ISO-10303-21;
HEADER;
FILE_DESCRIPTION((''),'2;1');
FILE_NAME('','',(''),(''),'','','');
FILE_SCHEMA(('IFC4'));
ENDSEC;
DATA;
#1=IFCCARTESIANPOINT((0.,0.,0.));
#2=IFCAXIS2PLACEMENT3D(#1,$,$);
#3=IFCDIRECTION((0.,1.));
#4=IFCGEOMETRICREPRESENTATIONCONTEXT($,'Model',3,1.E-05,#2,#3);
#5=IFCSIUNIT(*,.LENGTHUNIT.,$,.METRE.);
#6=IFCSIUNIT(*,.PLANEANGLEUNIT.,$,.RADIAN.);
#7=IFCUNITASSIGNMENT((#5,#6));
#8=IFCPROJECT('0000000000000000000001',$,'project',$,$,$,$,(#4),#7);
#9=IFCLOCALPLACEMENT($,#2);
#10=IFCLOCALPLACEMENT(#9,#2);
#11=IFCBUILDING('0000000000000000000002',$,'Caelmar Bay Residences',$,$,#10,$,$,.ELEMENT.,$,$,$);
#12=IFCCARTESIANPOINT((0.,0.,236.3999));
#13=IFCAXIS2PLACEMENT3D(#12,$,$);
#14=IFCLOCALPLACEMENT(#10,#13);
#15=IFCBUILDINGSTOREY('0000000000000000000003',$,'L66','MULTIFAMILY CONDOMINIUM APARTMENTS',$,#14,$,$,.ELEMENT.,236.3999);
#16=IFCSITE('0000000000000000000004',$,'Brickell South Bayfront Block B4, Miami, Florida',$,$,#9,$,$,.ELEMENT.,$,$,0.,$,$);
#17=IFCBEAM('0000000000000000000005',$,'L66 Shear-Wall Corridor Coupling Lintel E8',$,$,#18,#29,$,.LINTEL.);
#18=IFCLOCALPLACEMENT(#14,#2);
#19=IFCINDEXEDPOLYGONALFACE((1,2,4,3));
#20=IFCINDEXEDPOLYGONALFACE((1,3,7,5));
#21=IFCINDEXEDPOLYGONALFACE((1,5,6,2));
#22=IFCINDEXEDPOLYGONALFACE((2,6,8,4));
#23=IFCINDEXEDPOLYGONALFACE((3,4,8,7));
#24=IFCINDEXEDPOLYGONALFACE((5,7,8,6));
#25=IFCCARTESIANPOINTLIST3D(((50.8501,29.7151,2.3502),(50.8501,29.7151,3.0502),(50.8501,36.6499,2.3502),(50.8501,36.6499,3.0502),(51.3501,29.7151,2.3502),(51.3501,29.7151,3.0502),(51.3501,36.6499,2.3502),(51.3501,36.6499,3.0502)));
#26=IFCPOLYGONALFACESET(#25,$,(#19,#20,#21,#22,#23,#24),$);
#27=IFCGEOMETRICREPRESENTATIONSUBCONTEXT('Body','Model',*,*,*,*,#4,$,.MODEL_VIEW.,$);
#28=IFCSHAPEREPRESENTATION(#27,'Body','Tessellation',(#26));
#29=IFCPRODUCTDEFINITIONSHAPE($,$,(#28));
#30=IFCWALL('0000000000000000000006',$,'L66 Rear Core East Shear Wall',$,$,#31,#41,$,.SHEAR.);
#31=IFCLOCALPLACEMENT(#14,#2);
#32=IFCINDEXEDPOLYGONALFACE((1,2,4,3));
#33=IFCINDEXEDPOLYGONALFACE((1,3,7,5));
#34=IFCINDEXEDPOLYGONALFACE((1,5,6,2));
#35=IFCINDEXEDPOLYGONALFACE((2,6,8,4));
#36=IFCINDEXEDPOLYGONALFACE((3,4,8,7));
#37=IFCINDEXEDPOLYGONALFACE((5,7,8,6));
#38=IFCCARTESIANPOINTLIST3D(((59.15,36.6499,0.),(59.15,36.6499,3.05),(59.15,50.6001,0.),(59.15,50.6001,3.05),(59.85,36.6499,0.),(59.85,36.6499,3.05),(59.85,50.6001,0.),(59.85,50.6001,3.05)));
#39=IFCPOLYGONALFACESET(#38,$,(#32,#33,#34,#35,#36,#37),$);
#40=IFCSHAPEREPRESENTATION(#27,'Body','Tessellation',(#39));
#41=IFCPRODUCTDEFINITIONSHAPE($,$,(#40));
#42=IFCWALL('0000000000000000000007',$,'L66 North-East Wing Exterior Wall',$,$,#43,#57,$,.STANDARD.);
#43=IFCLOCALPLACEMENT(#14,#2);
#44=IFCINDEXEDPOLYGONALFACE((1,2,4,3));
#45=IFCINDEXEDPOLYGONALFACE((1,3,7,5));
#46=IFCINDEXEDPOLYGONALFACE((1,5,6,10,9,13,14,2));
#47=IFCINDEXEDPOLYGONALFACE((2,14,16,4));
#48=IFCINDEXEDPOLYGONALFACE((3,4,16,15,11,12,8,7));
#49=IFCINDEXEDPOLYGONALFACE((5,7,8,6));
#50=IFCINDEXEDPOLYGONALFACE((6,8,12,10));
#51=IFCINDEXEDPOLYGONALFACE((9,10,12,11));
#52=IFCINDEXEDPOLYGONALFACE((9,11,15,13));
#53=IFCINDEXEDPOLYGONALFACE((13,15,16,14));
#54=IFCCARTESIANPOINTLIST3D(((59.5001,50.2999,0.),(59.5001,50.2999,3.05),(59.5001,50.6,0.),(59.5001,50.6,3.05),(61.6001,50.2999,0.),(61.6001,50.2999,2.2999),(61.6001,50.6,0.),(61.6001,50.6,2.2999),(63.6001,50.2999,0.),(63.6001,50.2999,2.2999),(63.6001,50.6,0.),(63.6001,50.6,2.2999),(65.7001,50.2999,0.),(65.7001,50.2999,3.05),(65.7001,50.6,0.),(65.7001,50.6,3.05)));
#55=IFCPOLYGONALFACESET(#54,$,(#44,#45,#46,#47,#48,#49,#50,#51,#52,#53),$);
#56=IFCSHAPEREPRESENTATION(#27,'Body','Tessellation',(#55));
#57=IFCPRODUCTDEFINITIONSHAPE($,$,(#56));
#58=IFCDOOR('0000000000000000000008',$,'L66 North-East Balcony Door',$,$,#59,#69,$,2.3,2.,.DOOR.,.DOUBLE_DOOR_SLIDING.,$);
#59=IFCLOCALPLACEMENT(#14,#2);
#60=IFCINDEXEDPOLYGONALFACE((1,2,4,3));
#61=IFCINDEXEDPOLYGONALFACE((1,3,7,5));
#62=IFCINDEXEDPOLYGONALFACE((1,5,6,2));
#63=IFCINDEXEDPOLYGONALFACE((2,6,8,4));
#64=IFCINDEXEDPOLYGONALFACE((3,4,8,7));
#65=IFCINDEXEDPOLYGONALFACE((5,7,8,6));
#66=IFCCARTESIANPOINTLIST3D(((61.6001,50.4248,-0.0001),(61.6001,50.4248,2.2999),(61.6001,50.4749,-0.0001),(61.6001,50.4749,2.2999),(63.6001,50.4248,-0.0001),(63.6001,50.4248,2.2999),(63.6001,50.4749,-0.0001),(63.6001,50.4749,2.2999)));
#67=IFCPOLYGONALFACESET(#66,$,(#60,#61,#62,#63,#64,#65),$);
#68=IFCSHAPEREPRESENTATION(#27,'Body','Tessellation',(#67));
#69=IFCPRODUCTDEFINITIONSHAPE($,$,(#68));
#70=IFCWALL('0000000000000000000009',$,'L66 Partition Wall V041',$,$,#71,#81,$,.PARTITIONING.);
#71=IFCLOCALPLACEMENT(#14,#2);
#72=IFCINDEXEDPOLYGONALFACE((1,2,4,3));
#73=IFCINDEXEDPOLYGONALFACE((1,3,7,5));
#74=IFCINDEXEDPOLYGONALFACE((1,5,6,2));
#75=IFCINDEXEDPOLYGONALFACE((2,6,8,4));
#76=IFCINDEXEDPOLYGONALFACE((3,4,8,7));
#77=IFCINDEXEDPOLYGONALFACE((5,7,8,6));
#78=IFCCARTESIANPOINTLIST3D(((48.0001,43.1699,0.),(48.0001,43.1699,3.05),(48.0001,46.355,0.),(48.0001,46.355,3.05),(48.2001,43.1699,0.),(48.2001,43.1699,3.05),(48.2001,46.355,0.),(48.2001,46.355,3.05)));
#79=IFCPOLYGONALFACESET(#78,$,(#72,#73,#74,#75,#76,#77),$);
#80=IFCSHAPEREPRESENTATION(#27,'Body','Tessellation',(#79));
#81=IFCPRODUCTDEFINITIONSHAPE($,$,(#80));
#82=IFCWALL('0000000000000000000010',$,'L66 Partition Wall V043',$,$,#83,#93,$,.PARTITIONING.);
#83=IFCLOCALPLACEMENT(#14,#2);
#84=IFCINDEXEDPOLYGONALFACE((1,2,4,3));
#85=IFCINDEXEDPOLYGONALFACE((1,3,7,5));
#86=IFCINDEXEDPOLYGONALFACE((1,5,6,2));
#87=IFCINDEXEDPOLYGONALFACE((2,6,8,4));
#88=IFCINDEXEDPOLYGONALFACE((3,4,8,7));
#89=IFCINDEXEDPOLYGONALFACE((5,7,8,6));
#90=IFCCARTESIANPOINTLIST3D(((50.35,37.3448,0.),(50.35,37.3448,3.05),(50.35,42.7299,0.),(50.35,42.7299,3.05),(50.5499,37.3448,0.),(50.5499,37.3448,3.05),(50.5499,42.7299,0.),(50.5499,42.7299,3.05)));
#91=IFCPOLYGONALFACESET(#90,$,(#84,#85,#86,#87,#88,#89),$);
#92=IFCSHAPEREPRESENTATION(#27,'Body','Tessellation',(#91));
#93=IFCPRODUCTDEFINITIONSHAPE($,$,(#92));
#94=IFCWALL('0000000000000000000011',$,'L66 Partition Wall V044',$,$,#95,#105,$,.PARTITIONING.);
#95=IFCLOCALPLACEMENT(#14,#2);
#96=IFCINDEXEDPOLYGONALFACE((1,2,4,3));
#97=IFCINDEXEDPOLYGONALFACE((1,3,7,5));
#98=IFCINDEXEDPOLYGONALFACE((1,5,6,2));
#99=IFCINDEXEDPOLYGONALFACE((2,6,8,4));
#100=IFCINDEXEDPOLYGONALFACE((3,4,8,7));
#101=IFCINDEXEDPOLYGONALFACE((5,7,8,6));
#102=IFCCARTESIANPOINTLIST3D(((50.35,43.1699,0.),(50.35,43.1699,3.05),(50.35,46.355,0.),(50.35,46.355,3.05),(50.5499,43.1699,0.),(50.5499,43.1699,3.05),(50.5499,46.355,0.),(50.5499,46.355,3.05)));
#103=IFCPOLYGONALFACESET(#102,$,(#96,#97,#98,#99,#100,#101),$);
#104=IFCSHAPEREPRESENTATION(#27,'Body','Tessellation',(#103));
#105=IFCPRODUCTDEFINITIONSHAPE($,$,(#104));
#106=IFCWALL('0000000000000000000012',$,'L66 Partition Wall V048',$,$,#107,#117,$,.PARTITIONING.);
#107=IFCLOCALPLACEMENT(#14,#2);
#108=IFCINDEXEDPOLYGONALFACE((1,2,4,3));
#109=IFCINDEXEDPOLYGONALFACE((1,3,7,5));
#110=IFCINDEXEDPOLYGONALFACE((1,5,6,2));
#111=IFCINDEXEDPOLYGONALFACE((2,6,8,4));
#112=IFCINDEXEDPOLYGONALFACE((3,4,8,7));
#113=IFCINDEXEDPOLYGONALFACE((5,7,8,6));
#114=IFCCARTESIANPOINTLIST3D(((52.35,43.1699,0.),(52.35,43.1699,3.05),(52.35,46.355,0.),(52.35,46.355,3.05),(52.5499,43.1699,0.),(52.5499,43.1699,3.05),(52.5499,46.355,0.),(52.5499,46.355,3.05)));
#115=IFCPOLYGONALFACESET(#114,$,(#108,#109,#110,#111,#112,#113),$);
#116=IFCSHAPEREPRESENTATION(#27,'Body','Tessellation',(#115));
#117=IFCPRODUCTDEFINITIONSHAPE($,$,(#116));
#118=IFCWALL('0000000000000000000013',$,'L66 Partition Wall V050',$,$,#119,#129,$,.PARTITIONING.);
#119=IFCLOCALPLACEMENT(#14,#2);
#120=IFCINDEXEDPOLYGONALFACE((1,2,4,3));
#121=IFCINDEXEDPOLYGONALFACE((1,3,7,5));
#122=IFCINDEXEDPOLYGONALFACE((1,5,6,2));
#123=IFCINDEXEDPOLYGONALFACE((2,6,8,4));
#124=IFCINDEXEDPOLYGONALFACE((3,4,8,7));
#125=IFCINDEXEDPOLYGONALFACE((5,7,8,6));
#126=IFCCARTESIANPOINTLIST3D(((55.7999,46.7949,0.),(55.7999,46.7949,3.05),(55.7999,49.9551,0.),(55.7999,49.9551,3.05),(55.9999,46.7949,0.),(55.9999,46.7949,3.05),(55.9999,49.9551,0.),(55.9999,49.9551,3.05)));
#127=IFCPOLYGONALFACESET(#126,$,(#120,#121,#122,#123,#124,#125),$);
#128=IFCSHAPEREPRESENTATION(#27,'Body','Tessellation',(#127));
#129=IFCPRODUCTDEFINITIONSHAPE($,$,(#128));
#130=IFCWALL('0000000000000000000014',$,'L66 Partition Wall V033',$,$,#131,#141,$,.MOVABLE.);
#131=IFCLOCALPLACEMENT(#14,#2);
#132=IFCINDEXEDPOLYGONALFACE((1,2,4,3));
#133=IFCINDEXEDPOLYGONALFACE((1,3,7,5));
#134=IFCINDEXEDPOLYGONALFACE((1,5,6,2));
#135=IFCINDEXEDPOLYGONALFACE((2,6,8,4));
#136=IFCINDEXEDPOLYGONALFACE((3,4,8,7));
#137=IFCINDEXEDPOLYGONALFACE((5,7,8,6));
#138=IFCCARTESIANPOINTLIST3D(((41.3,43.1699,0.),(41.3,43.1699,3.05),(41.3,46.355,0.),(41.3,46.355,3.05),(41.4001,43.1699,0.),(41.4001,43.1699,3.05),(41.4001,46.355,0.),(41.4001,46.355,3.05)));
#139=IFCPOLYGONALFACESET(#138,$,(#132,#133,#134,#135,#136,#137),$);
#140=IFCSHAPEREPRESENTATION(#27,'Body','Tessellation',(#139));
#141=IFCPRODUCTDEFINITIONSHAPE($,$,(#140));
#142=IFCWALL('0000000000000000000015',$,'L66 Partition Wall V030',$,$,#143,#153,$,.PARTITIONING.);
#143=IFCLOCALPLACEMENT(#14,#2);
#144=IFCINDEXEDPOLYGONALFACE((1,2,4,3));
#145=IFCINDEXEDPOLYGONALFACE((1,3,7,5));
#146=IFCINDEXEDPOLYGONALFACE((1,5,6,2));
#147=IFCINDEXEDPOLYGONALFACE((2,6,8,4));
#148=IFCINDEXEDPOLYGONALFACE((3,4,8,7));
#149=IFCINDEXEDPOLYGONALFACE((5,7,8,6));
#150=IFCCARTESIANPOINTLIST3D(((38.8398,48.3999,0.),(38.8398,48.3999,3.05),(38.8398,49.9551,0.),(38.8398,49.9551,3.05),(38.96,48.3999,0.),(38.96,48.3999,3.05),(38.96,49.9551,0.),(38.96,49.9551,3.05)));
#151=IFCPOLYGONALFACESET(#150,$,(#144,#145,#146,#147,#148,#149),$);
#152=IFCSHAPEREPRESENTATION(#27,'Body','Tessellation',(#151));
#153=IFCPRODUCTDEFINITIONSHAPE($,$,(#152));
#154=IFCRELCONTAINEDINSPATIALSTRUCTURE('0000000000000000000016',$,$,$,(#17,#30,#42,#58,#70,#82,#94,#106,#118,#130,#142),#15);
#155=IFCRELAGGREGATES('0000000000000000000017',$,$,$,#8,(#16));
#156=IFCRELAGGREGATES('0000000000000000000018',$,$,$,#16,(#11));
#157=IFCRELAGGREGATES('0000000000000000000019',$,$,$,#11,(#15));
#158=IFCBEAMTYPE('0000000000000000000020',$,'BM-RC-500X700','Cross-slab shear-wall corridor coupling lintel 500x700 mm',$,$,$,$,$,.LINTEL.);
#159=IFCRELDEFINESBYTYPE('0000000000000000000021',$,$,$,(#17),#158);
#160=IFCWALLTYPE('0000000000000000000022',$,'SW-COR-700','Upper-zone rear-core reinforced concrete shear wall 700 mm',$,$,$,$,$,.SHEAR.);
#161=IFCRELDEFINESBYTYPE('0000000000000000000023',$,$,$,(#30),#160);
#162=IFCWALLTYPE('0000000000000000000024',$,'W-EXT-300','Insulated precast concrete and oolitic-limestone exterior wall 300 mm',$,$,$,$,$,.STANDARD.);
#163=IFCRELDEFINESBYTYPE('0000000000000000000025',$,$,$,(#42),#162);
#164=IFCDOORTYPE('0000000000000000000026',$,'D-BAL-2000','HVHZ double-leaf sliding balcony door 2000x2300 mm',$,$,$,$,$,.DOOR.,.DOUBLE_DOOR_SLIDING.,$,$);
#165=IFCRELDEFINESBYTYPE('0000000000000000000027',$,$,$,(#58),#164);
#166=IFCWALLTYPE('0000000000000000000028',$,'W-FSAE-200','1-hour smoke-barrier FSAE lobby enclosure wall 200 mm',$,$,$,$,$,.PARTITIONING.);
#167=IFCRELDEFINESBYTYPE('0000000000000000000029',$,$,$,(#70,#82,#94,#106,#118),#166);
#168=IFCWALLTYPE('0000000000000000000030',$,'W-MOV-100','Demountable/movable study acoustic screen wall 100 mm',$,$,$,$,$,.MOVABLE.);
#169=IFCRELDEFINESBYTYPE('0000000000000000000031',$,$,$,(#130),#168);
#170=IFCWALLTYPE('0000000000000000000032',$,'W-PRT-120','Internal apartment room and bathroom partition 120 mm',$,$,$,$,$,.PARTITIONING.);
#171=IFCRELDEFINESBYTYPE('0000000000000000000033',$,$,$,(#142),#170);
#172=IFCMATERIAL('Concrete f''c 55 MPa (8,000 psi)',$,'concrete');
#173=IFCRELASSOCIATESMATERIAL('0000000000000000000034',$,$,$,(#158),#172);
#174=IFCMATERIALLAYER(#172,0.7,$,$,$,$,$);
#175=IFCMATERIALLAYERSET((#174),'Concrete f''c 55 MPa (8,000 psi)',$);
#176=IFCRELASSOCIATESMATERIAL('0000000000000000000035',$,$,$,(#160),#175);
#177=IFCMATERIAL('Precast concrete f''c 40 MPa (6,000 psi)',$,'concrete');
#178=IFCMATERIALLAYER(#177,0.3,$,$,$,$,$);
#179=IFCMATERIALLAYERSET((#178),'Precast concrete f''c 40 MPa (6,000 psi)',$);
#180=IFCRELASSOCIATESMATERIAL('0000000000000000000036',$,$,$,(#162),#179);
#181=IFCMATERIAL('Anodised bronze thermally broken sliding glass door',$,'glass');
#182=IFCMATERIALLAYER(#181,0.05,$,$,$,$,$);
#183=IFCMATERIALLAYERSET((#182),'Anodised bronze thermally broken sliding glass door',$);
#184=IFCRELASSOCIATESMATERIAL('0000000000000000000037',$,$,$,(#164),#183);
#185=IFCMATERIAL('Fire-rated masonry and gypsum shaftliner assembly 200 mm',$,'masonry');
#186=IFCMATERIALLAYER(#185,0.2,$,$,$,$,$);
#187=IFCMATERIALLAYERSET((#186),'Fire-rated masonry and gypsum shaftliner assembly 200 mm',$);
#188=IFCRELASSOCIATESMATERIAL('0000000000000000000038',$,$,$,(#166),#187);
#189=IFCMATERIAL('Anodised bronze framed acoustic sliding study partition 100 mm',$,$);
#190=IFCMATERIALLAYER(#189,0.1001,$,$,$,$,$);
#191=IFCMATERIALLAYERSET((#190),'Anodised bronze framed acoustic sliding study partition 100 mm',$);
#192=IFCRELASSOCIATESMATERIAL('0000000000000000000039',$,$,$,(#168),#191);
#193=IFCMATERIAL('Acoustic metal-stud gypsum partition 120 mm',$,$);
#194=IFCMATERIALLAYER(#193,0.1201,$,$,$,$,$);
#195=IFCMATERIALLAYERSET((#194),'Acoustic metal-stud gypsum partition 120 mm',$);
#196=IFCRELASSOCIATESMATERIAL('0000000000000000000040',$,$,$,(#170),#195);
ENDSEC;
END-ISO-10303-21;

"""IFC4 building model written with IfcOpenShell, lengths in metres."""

from ifc_helpers import new_model, si_unit, direction, frame, frame_2d, origin, origin_2d, place, context, subcontext, project, spatial, rectangle, extrude, material, layer, layer_set, material_profile, profile_set, type_object, element, fill, save


model = new_model("IFC4")

# Units and contexts
model_context = context("Model", 3, precision=1e-05, world=origin(), true_north=direction((0.0, 1.0)))
body_context = subcontext(model_context, "Body", "Model", "MODEL_VIEW")
ifc_project = project(units=[si_unit("LENGTHUNIT", "METRE"), si_unit("PLANEANGLEUNIT", "RADIAN")], contexts=[model_context])

# Site, building, storey
site_placement = place(None, origin())
site = spatial("IfcSite", under=ifc_project, at=site_placement, Name="Brickell South Bayfront Block B4, Miami, Florida", CompositionType="ELEMENT", RefElevation=0.0)
building_placement = place(site_placement, origin())
building = spatial("IfcBuilding", under=site, at=building_placement, Name="Caelmar Bay Residences", CompositionType="ELEMENT")
storey_placement = place(building_placement, frame((0.0, 0.0, 236.3999)))
storey = spatial("IfcBuildingStorey", under=building, at=storey_placement, Name="L66", Description="MULTIFAMILY CONDOMINIUM APARTMENTS", CompositionType="ELEMENT", Elevation=236.3999)

# Beam
ifc_material_1 = material(Name="Concrete f'c 55 MPa (8,000 psi)", Category="concrete")
ifc_material_profile_1 = material_profile(ifc_material_1, rectangle(XDim=0.5, YDim=0.7, at=origin_2d()), Name="RC-BM-500X700")
ifc_profile_set_1 = profile_set([ifc_material_profile_1], Name="Concrete f'c 55 MPa (8,000 psi)")
beam_type_1 = type_object("IfcBeamType", Name="BM-RC-500X700", Description="Cross-slab shear-wall corridor coupling lintel 500x700 mm", PredefinedType="LINTEL", material=ifc_profile_set_1)
beam_placement = place(storey_placement, frame((51.1001, 29.7151, 2.7002), z_axis=(0.0, 1.0, 0.0), x_axis=(-1.0, 0.0, 0.0)))
element("IfcBeam", 1, at=beam_placement, inside=storey, type_object=beam_type_1, Name="L66 Shear-Wall Corridor Coupling Lintel E8", PredefinedType="LINTEL", context=body_context, shape_type="SweptSolid", body=[
    extrude(rectangle(XDim=0.5, YDim=0.7, at=origin_2d()), origin(), (0.0, 0.0, 1.0), 6.9348),
])

# Wall
ifc_layer_1 = layer(ifc_material_1, 0.7)
ifc_layer_set_1 = layer_set([ifc_layer_1], Name="Concrete f'c 55 MPa (8,000 psi)")
wall_type_1 = type_object("IfcWallType", Name="SW-COR-700", Description="Upper-zone rear-core reinforced concrete shear wall 700 mm", PredefinedType="SHEAR", material=ifc_layer_set_1)
wall_1_placement = place(storey_placement, frame((59.5, 36.6499, 0.0), z_axis=(0.0, 0.0, 1.0), x_axis=(0.0, 1.0, 0.0)))
element("IfcWall", 2, at=wall_1_placement, inside=storey, type_object=wall_type_1, Name="L66 Rear Core East Shear Wall", PredefinedType="SHEAR", context=body_context, shape_type="SweptSolid", body=[
    extrude(rectangle(XDim=13.9502, YDim=0.7, at=frame_2d((6.9751, 0.0))), origin(), (0.0, 0.0, 1.0), 3.05),
])

# Wall, opening, door
ifc_material_2 = material(Name="Precast concrete f'c 40 MPa (6,000 psi)", Category="concrete")
ifc_layer_2 = layer(ifc_material_2, 0.3)
ifc_layer_set_2 = layer_set([ifc_layer_2], Name="Precast concrete f'c 40 MPa (6,000 psi)")
wall_type_2 = type_object("IfcWallType", Name="W-EXT-300", Description="Insulated precast concrete and oolitic-limestone exterior wall 300 mm", PredefinedType="STANDARD", material=ifc_layer_set_2)
wall_2_placement = place(storey_placement, frame((59.5, 50.45, 0.0), z_axis=(0.0, 0.0, 1.0), x_axis=(1.0, 0.0, 0.0)))
wall_2 = element("IfcWall", 3, at=wall_2_placement, inside=storey, type_object=wall_type_2, Name="L66 North-East Wing Exterior Wall", PredefinedType="STANDARD", context=body_context, shape_type="SweptSolid", body=[
    extrude(rectangle(XDim=6.2, YDim=0.3, at=frame_2d((3.1001, 0.0))), origin(), (0.0, 0.0, 1.0), 3.05),
])
opening_1_placement = place(wall_2_placement, frame((2.1001, 0.0, 0.0)))
opening_1 = element("IfcOpeningElement", 4, at=opening_1_placement, cuts=wall_2, PredefinedType="OPENING", context=body_context, shape_type="SweptSolid", body=[
    extrude(rectangle(XDim=2.0, YDim=2.3, at=frame_2d((1.0, 1.1499))), frame((0.0, 0.1599, 0.0), z_axis=(0.0, -1.0, 0.0), x_axis=(1.0, 0.0, 0.0)), (0.0, 0.0, 1.0), 0.3201),
])
ifc_material_3 = material(Name="Anodised bronze thermally broken sliding glass door", Category="glass")
ifc_layer_3 = layer(ifc_material_3, 0.05)
ifc_layer_set_3 = layer_set([ifc_layer_3], Name="Anodised bronze thermally broken sliding glass door")
door_type_1 = type_object("IfcDoorType", Name="D-BAL-2000", Description="HVHZ double-leaf sliding balcony door 2000x2300 mm", OperationType="DOUBLE_DOOR_SLIDING", PredefinedType="DOOR", material=ifc_layer_set_3)
door_1_placement = place(opening_1_placement, origin())
door_1 = element("IfcDoor", 5, at=door_1_placement, inside=storey, type_object=door_type_1, Name="L66 North-East Balcony Door", OperationType="DOUBLE_DOOR_SLIDING", OverallHeight=2.3, OverallWidth=2.0, PredefinedType="DOOR", context=body_context, shape_type="SweptSolid", body=[
    extrude(rectangle(XDim=2.0, YDim=2.3, at=frame_2d((1.0, 1.1499))), frame((0.0, 0.0249, 0.0), z_axis=(0.0, -1.0, 0.0), x_axis=(1.0, 0.0, 0.0)), (0.0, 0.0, 1.0), 0.05),
])
fill(opening_1, door_1)

# Walls
ifc_material_4 = material(Name="Fire-rated masonry and gypsum shaftliner assembly 200 mm", Category="masonry")
ifc_layer_4 = layer(ifc_material_4, 0.2)
ifc_layer_set_4 = layer_set([ifc_layer_4], Name="Fire-rated masonry and gypsum shaftliner assembly 200 mm")
wall_type_3 = type_object("IfcWallType", Name="W-FSAE-200", Description="1-hour smoke-barrier FSAE lobby enclosure wall 200 mm", PredefinedType="PARTITIONING", material=ifc_layer_set_4)
wall_3_placement = place(storey_placement, frame((48.1001, 43.1699, 0.0), z_axis=(0.0, 0.0, 1.0), x_axis=(0.0, 1.0, 0.0)))
element("IfcWall", 6, at=wall_3_placement, inside=storey, type_object=wall_type_3, Name="L66 Partition Wall V041", PredefinedType="PARTITIONING", context=body_context, shape_type="SweptSolid", body=[
    extrude(rectangle(XDim=3.1851, YDim=0.2, at=frame_2d((1.5925, 0.0))), origin(), (0.0, 0.0, 1.0), 3.05),
])
wall_4_placement = place(storey_placement, frame((50.45, 37.345, 0.0), z_axis=(0.0, 0.0, 1.0), x_axis=(0.0, 1.0, 0.0)))
element("IfcWall", 7, at=wall_4_placement, inside=storey, type_object=wall_type_3, Name="L66 Partition Wall V043", PredefinedType="PARTITIONING", context=body_context, shape_type="SweptSolid", body=[
    extrude(rectangle(XDim=5.385, YDim=0.2, at=frame_2d((2.6924, 0.0))), origin(), (0.0, 0.0, 1.0), 3.05),
])
for number, where, z_axis, x_axis, name in (
    (8, (50.45, 43.1699, 0.0), (0.0, 0.0, 1.0), (0.0, 1.0, 0.0), "L66 Partition Wall V044"),
    (9, (52.45, 43.1699, 0.0), (0.0, 0.0, 1.0), (0.0, 1.0, 0.0), "L66 Partition Wall V048"),
):
    element("IfcWall", number, at=place(storey_placement, frame(where, z_axis=z_axis, x_axis=x_axis)), inside=storey, type_object=wall_type_3, Name=name, PredefinedType="PARTITIONING", context=body_context, shape_type="SweptSolid", body=[
        extrude(rectangle(XDim=3.1851, YDim=0.2, at=frame_2d((1.5925, 0.0))), origin(), (0.0, 0.0, 1.0), 3.05),
    ])
wall_5_placement = place(storey_placement, frame((55.8999, 46.7949, 0.0), z_axis=(0.0, 0.0, 1.0), x_axis=(0.0, 1.0, 0.0)))
element("IfcWall", 10, at=wall_5_placement, inside=storey, type_object=wall_type_3, Name="L66 Partition Wall V050", PredefinedType="PARTITIONING", context=body_context, shape_type="SweptSolid", body=[
    extrude(rectangle(XDim=3.1602, YDim=0.2, at=frame_2d((1.5801, 0.0))), origin(), (0.0, 0.0, 1.0), 3.05),
])
ifc_material_5 = material(Name="Anodised bronze framed acoustic sliding study partition 100 mm")
ifc_layer_5 = layer(ifc_material_5, 0.1001)
ifc_layer_set_5 = layer_set([ifc_layer_5], Name="Anodised bronze framed acoustic sliding study partition 100 mm")
wall_type_4 = type_object("IfcWallType", Name="W-MOV-100", Description="Demountable/movable study acoustic screen wall 100 mm", PredefinedType="MOVABLE", material=ifc_layer_set_5)
wall_6_placement = place(storey_placement, frame((41.3501, 43.1699, 0.0), z_axis=(0.0, 0.0, 1.0), x_axis=(0.0, 1.0, 0.0)))
element("IfcWall", 11, at=wall_6_placement, inside=storey, type_object=wall_type_4, Name="L66 Partition Wall V033", PredefinedType="MOVABLE", context=body_context, shape_type="SweptSolid", body=[
    extrude(rectangle(XDim=3.1851, YDim=0.1001, at=frame_2d((1.5925, 0.0))), origin(), (0.0, 0.0, 1.0), 3.05),
])
ifc_material_6 = material(Name="Acoustic metal-stud gypsum partition 120 mm")
ifc_layer_6 = layer(ifc_material_6, 0.1201)
ifc_layer_set_6 = layer_set([ifc_layer_6], Name="Acoustic metal-stud gypsum partition 120 mm")
wall_type_5 = type_object("IfcWallType", Name="W-PRT-120", Description="Internal apartment room and bathroom partition 120 mm", PredefinedType="PARTITIONING", material=ifc_layer_set_6)
wall_7_placement = place(storey_placement, frame((38.8999, 48.3999, 0.0), z_axis=(0.0, 0.0, 1.0), x_axis=(0.0, 1.0, 0.0)))
element("IfcWall", 12, at=wall_7_placement, inside=storey, type_object=wall_type_5, Name="L66 Partition Wall V030", PredefinedType="PARTITIONING", context=body_context, shape_type="SweptSolid", body=[
    extrude(rectangle(XDim=1.5552, YDim=0.1201, at=frame_2d((0.7776, 0.0))), origin(), (0.0, 0.0, 1.0), 3.05),
])

save(model, "model.ifc")
